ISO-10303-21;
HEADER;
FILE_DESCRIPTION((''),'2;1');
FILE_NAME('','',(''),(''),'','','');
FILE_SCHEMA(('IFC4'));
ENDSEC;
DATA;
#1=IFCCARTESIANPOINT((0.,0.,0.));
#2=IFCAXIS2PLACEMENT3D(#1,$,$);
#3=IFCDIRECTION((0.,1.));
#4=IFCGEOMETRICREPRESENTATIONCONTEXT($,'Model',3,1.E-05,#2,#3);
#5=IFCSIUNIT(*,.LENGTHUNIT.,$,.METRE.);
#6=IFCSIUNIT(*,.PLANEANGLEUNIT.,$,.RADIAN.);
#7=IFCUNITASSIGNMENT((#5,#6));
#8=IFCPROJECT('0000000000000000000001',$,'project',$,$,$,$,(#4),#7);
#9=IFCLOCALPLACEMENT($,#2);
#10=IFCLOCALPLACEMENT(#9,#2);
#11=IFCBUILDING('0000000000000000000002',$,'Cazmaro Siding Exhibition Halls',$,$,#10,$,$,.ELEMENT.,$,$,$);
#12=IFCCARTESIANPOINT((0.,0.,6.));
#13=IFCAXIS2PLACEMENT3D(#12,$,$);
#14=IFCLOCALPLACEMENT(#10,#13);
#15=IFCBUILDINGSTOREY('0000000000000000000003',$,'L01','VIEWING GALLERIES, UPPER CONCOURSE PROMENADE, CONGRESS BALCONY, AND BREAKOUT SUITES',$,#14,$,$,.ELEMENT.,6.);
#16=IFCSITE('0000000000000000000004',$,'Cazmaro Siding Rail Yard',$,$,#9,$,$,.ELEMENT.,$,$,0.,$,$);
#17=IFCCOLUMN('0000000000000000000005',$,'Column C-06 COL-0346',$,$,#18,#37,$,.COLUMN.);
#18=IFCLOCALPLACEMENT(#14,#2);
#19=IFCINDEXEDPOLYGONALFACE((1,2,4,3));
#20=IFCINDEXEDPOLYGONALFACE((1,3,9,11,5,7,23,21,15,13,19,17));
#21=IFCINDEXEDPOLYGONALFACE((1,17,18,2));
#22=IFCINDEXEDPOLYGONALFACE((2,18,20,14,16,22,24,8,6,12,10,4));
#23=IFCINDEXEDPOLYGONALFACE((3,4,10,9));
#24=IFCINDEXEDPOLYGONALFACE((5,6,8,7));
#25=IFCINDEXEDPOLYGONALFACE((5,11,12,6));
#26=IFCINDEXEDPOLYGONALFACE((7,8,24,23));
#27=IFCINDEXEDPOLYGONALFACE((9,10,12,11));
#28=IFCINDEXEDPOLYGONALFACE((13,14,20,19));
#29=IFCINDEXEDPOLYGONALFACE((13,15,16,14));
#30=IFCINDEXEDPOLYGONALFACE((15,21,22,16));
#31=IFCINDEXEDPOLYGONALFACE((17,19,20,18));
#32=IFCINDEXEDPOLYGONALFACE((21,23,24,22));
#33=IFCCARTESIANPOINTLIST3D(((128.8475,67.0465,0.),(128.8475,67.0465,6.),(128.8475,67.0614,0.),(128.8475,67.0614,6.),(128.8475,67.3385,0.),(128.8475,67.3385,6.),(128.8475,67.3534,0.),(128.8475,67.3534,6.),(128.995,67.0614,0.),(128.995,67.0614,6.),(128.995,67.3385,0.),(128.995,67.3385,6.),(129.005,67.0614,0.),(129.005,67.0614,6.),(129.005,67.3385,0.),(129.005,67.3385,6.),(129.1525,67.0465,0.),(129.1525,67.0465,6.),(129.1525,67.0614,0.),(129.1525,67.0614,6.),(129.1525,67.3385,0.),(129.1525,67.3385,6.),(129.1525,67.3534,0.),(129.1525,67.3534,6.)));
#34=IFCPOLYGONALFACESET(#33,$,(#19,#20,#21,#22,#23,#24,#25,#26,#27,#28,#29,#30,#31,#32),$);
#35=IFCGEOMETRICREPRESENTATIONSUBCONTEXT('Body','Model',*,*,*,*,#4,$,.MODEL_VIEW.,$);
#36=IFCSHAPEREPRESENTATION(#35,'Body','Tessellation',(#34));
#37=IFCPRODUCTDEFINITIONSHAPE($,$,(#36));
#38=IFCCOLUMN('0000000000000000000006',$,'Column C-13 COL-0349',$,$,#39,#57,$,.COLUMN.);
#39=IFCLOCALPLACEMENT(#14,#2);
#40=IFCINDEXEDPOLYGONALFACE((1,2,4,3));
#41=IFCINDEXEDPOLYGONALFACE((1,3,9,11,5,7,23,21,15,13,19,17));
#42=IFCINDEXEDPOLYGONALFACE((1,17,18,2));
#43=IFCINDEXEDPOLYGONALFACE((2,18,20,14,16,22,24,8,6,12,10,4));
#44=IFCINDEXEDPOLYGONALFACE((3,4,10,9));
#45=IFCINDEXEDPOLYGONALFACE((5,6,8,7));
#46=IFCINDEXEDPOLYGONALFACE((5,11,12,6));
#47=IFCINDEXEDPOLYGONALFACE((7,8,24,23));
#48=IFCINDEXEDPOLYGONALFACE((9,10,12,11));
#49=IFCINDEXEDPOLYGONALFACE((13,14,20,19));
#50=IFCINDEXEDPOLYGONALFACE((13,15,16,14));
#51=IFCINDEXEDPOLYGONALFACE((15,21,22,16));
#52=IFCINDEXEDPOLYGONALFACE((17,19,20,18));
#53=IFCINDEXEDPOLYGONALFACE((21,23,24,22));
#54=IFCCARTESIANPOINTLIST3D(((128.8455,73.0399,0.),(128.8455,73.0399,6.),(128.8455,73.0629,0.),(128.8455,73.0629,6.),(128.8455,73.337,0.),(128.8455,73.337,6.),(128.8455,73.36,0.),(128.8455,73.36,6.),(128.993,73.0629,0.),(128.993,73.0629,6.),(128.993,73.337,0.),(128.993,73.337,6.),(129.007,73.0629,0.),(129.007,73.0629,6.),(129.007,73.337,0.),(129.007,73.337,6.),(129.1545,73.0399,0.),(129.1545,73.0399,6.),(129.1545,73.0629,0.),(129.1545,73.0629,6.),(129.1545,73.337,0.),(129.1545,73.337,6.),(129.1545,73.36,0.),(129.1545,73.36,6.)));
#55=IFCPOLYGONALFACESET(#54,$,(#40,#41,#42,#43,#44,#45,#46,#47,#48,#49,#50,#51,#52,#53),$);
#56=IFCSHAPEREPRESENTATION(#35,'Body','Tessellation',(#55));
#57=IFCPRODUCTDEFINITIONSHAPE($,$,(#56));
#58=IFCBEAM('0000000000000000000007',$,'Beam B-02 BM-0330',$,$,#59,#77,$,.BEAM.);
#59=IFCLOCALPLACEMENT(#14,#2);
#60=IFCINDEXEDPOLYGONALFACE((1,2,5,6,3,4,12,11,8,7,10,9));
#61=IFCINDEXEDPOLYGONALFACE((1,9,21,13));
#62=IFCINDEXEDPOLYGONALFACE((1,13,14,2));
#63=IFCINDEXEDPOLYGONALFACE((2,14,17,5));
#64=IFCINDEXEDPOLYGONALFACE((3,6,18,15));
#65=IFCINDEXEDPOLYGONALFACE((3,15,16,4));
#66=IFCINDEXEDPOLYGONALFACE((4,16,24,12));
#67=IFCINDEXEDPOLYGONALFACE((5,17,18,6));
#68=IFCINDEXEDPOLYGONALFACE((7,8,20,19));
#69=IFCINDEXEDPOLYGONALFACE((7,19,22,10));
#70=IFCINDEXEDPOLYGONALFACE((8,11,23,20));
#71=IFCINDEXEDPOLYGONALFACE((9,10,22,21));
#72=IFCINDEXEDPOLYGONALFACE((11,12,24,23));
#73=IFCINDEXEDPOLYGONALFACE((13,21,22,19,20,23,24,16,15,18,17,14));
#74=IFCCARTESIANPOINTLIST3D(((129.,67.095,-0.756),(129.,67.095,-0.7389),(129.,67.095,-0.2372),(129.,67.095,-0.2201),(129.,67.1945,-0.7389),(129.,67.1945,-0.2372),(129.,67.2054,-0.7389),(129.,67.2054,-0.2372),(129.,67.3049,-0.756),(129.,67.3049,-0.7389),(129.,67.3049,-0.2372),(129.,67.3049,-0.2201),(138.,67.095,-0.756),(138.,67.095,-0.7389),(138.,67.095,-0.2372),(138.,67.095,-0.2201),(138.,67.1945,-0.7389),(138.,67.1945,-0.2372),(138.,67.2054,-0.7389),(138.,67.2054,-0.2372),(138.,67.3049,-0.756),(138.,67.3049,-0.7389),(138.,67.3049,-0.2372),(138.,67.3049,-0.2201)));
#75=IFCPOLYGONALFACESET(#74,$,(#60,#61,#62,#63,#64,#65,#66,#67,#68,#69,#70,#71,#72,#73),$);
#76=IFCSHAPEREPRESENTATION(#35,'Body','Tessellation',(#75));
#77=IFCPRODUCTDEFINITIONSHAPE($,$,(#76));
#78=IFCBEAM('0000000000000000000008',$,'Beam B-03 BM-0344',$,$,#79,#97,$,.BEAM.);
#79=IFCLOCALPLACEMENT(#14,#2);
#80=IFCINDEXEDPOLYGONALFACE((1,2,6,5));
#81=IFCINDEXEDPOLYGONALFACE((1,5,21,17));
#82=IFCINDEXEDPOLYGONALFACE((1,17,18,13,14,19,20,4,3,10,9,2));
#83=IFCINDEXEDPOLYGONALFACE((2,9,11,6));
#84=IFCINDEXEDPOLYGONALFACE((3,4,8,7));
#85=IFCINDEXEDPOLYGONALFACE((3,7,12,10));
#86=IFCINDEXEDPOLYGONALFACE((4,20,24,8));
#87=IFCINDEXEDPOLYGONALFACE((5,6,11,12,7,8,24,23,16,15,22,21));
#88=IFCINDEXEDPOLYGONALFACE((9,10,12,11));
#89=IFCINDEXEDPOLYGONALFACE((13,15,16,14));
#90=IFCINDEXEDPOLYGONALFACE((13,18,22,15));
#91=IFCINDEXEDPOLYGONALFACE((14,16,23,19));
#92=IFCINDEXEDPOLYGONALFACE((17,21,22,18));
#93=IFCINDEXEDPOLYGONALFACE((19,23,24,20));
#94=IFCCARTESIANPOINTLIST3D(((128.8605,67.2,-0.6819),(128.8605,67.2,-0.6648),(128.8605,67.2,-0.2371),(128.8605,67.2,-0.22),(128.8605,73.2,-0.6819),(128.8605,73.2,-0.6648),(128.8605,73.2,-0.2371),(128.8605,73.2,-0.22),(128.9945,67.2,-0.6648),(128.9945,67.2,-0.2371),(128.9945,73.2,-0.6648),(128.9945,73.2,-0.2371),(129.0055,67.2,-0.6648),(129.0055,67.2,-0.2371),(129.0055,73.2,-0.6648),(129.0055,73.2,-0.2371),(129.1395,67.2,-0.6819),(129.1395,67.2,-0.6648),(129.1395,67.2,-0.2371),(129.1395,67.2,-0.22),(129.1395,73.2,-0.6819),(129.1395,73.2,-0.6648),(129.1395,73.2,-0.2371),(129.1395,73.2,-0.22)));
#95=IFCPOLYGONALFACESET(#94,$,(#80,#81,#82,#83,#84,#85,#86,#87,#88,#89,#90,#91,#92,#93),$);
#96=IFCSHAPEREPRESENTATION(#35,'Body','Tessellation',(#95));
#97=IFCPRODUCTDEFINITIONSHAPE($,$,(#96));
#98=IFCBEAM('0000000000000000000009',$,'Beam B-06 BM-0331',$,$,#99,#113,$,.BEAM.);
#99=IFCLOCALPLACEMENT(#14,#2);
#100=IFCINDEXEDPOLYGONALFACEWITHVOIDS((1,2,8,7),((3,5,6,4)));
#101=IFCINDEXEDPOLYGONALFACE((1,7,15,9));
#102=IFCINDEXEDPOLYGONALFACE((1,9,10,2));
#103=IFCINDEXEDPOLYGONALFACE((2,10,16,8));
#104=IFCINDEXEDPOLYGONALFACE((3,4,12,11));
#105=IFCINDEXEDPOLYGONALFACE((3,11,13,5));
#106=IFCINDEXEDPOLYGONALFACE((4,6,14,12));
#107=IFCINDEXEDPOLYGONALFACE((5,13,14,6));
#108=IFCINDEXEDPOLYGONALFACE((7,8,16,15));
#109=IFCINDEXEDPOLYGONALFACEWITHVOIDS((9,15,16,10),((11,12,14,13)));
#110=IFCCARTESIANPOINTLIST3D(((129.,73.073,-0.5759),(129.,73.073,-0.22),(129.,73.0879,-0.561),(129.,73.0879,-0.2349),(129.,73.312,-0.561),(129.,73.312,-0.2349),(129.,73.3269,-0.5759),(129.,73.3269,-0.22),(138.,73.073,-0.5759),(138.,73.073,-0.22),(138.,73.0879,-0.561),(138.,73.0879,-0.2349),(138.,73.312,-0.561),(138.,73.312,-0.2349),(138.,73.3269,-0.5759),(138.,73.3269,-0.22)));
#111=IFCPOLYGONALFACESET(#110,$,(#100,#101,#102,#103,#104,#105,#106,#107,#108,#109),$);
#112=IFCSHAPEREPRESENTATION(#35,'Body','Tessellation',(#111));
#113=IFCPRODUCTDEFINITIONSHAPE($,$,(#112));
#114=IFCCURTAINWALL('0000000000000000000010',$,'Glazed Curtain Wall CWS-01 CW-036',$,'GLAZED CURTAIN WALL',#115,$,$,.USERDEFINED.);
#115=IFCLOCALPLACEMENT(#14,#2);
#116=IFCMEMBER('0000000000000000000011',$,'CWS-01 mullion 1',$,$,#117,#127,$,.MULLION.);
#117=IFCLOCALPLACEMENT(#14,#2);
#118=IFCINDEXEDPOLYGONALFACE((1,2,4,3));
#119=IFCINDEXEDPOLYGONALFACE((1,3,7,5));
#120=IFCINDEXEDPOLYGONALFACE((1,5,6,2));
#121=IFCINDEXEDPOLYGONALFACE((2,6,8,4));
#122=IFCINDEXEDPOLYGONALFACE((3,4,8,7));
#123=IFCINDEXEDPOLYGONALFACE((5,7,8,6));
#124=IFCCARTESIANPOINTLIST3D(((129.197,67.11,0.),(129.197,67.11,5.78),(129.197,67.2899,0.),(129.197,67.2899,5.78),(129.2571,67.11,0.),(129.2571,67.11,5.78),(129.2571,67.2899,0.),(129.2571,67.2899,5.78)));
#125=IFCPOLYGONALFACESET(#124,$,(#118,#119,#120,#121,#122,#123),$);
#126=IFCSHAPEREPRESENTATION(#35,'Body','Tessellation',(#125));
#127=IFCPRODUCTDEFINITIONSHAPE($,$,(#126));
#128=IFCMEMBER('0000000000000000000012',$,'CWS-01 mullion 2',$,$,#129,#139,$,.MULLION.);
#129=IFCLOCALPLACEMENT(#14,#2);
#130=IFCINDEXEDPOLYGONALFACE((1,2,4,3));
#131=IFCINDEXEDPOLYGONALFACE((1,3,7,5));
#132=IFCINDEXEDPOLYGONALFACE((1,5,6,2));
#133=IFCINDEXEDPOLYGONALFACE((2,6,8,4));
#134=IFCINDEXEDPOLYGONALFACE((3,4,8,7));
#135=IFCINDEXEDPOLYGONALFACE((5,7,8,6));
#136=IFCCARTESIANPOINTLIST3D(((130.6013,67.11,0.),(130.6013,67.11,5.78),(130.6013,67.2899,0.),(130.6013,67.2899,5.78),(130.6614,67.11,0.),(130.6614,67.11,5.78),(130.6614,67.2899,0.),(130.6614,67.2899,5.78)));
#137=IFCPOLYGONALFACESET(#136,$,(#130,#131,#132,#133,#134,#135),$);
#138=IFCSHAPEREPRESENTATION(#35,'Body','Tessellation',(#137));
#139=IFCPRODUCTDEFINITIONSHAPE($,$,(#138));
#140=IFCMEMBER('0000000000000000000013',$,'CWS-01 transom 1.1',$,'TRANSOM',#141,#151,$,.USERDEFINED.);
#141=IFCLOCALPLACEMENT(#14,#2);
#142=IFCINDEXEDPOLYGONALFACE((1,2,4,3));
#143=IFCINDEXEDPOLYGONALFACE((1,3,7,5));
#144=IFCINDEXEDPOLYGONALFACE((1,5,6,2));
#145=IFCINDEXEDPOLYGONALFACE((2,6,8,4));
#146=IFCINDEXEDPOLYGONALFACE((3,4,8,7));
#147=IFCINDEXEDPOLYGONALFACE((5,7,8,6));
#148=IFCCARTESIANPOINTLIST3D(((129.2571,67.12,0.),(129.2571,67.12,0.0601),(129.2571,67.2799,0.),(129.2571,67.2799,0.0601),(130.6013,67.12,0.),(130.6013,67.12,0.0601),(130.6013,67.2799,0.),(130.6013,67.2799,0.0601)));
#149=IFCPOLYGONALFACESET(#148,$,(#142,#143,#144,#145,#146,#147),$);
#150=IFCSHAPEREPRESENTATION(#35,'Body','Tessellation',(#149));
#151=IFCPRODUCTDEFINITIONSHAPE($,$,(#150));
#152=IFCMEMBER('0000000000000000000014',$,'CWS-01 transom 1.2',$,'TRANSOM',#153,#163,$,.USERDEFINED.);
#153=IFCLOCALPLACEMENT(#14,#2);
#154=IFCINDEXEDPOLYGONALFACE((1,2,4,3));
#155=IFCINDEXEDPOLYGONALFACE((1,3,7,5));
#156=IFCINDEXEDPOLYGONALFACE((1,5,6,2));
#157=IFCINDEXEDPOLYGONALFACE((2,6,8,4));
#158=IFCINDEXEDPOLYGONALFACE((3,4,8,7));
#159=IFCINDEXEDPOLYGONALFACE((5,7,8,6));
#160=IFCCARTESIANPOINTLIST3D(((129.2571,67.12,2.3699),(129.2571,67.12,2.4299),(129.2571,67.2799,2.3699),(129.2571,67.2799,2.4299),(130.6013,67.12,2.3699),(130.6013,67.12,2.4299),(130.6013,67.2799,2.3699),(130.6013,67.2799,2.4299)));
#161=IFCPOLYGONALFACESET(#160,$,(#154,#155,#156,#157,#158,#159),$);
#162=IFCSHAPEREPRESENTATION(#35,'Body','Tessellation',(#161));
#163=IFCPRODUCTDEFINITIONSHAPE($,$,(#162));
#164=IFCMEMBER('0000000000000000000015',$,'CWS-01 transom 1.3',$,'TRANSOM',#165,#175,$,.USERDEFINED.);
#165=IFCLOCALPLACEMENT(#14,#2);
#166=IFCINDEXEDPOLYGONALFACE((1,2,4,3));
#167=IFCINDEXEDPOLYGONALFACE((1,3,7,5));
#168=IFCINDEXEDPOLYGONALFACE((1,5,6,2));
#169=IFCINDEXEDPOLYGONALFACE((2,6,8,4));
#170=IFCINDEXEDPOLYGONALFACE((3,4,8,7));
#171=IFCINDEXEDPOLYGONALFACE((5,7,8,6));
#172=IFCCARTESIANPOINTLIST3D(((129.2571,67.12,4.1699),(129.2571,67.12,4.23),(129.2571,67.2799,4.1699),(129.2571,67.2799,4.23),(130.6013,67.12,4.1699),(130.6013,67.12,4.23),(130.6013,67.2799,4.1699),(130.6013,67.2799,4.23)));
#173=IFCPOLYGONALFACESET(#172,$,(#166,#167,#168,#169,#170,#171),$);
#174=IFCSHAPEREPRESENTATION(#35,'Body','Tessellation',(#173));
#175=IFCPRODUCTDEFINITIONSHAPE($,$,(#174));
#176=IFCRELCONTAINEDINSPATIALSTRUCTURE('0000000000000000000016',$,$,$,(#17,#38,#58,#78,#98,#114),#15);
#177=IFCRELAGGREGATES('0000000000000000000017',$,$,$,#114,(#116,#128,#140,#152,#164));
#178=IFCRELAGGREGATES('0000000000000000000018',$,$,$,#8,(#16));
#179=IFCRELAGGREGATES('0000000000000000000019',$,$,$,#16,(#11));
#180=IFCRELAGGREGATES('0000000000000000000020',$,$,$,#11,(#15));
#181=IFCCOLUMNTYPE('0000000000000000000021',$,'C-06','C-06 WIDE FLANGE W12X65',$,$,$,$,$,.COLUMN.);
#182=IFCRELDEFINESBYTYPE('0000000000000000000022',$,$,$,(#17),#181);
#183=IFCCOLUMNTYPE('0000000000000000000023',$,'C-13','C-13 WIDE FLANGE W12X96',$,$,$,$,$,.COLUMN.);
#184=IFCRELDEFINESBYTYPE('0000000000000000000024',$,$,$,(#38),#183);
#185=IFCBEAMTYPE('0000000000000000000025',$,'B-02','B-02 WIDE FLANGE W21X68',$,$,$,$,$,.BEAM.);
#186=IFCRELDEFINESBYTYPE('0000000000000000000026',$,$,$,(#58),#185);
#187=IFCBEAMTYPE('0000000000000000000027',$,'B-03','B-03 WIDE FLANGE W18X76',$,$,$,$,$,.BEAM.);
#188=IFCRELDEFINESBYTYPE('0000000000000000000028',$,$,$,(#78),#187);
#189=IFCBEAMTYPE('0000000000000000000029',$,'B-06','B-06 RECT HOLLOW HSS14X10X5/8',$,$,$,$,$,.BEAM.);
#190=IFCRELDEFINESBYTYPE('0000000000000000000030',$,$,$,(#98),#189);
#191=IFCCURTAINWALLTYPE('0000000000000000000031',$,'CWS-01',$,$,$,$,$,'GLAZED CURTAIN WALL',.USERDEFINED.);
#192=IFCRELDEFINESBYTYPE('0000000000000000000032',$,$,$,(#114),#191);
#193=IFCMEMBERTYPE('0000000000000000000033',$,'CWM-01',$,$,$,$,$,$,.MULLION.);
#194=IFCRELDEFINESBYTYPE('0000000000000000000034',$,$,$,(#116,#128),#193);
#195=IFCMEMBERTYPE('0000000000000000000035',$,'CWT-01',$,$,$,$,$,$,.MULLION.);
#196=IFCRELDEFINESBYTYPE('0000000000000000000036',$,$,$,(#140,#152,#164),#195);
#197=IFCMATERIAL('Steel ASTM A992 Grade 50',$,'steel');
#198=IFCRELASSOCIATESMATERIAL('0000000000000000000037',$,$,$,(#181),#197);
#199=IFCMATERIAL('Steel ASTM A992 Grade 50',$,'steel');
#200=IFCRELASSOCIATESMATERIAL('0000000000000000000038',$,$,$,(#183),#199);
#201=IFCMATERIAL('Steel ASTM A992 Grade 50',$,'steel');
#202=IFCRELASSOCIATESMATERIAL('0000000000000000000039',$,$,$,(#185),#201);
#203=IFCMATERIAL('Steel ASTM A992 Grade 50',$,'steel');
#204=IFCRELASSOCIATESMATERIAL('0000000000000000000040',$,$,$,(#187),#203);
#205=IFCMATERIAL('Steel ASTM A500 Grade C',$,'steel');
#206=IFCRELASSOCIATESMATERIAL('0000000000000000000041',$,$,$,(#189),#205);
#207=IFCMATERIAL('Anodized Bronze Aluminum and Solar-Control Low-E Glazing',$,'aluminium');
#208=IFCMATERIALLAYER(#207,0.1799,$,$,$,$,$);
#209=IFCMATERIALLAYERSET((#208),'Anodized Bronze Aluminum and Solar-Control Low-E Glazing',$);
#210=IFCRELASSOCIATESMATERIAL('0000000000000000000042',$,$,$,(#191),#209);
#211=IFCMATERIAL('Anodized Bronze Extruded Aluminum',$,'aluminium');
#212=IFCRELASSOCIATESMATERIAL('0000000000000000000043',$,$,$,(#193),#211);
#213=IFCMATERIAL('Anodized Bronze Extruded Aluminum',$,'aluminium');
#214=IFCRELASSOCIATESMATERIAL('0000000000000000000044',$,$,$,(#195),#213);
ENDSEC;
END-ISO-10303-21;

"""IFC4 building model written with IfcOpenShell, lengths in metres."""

from ifc_helpers import new_model, si_unit, direction, frame, origin, origin_2d, place, context, subcontext, project, spatial, rectangle, hollow_rectangle, i_section, extrude, material, layer, layer_set, material_profile, profile_set, type_object, element, aggregate, save


model = new_model("IFC4")

# Units and contexts
model_context = context("Model", 3, precision=1e-05, world=origin(), true_north=direction((0.0, 1.0)))
body_context = subcontext(model_context, "Body", "Model", "MODEL_VIEW")
ifc_project = project(units=[si_unit("LENGTHUNIT", "METRE"), si_unit("PLANEANGLEUNIT", "RADIAN")], contexts=[model_context])

# Site, building, storey
site_placement = place(None, origin())
site = spatial("IfcSite", under=ifc_project, at=site_placement, Name="Cazmaro Siding Rail Yard", CompositionType="ELEMENT", RefElevation=0.0)
building_placement = place(site_placement, origin())
building = spatial("IfcBuilding", under=site, at=building_placement, Name="Cazmaro Siding Exhibition Halls", CompositionType="ELEMENT")
storey_placement = place(building_placement, frame((0.0, 0.0, 6.0)))
storey = spatial("IfcBuildingStorey", under=building, at=storey_placement, Name="L01", Description="VIEWING GALLERIES, UPPER CONCOURSE PROMENADE, CONGRESS BALCONY, AND BREAKOUT SUITES", CompositionType="ELEMENT", Elevation=6.0)

# Columns
ifc_material_1 = material(Name="Steel ASTM A992 Grade 50", Category="steel")
ifc_material_profile_1 = material_profile(ifc_material_1, i_section(OverallWidth=0.3049, OverallDepth=0.3069, WebThickness=0.01, FlangeThickness=0.0149, at=origin_2d()), Name="W12X65")
ifc_profile_set_1 = profile_set([ifc_material_profile_1], Name="Steel ASTM A992 Grade 50")
column_type_1 = type_object("IfcColumnType", Name="C-06", Description="C-06 WIDE FLANGE W12X65", PredefinedType="COLUMN", material=ifc_profile_set_1)
column_1_placement = place(storey_placement, frame((129.0, 67.2, 0.0), z_axis=(0.0, 0.0, 1.0), x_axis=(1.0, 0.0, 0.0)))
element("IfcColumn", 1, at=column_1_placement, inside=storey, type_object=column_type_1, Name="Column C-06 COL-0346", PredefinedType="COLUMN", context=body_context, shape_type="SweptSolid", body=[
    extrude(i_section(OverallWidth=0.3049, OverallDepth=0.3069, WebThickness=0.01, FlangeThickness=0.0149, at=origin_2d()), origin(), (0.0, 0.0, 1.0), 6.0),
])
ifc_material_2 = material(Name="Steel ASTM A992 Grade 50", Category="steel")
ifc_material_profile_2 = material_profile(ifc_material_2, i_section(OverallWidth=0.3091, OverallDepth=0.3201, WebThickness=0.0139, FlangeThickness=0.0229, at=origin_2d()), Name="W12X96")
ifc_profile_set_2 = profile_set([ifc_material_profile_2], Name="Steel ASTM A992 Grade 50")
column_type_2 = type_object("IfcColumnType", Name="C-13", Description="C-13 WIDE FLANGE W12X96", PredefinedType="COLUMN", material=ifc_profile_set_2)
column_2_placement = place(storey_placement, frame((129.0, 73.2, 0.0), z_axis=(0.0, 0.0, 1.0), x_axis=(1.0, 0.0, 0.0)))
element("IfcColumn", 2, at=column_2_placement, inside=storey, type_object=column_type_2, Name="Column C-13 COL-0349", PredefinedType="COLUMN", context=body_context, shape_type="SweptSolid", body=[
    extrude(i_section(OverallWidth=0.3091, OverallDepth=0.3201, WebThickness=0.0139, FlangeThickness=0.0229, at=origin_2d()), origin(), (0.0, 0.0, 1.0), 6.0),
])

# Beams
ifc_material_3 = material(Name="Steel ASTM A992 Grade 50", Category="steel")
ifc_material_profile_3 = material_profile(ifc_material_3, i_section(OverallWidth=0.21, OverallDepth=0.5359, WebThickness=0.011, FlangeThickness=0.0171, at=origin_2d()), Name="W21X68")
ifc_profile_set_3 = profile_set([ifc_material_profile_3], Name="Steel ASTM A992 Grade 50")
beam_type_1 = type_object("IfcBeamType", Name="B-02", Description="B-02 WIDE FLANGE W21X68", PredefinedType="BEAM", material=ifc_profile_set_3)
beam_1_placement = place(storey_placement, frame((129.0, 67.2, -0.488), z_axis=(1.0, 0.0, 0.0), x_axis=(0.0, 1.0, 0.0)))
element("IfcBeam", 3, at=beam_1_placement, inside=storey, type_object=beam_type_1, Name="Beam B-02 BM-0330", PredefinedType="BEAM", context=body_context, shape_type="SweptSolid", body=[
    extrude(i_section(OverallWidth=0.21, OverallDepth=0.5359, WebThickness=0.011, FlangeThickness=0.0171, at=origin_2d()), origin(), (0.0, 0.0, 1.0), 9.0),
])
ifc_material_4 = material(Name="Steel ASTM A992 Grade 50", Category="steel")
ifc_material_profile_4 = material_profile(ifc_material_4, i_section(OverallWidth=0.2791, OverallDepth=0.4619, WebThickness=0.011, FlangeThickness=0.0171, at=origin_2d()), Name="W18X76")
ifc_profile_set_4 = profile_set([ifc_material_profile_4], Name="Steel ASTM A992 Grade 50")
beam_type_2 = type_object("IfcBeamType", Name="B-03", Description="B-03 WIDE FLANGE W18X76", PredefinedType="BEAM", material=ifc_profile_set_4)
beam_2_placement = place(storey_placement, frame((129.0, 67.2, -0.4509), z_axis=(0.0, 1.0, 0.0), x_axis=(-1.0, 0.0, 0.0)))
element("IfcBeam", 4, at=beam_2_placement, inside=storey, type_object=beam_type_2, Name="Beam B-03 BM-0344", PredefinedType="BEAM", context=body_context, shape_type="SweptSolid", body=[
    extrude(i_section(OverallWidth=0.2791, OverallDepth=0.4619, WebThickness=0.011, FlangeThickness=0.0171, at=origin_2d()), origin(), (0.0, 0.0, 1.0), 6.0),
])
ifc_material_5 = material(Name="Steel ASTM A500 Grade C", Category="steel")
ifc_material_profile_5 = material_profile(ifc_material_5, hollow_rectangle(XDim=0.2539, YDim=0.356, WallThickness=0.0149, at=origin_2d()), Name="HSS14X10X5/8")
ifc_profile_set_5 = profile_set([ifc_material_profile_5], Name="Steel ASTM A500 Grade C")
beam_type_3 = type_object("IfcBeamType", Name="B-06", Description="B-06 RECT HOLLOW HSS14X10X5/8", PredefinedType="BEAM", material=ifc_profile_set_5)
beam_3_placement = place(storey_placement, frame((129.0, 73.2, -0.3979), z_axis=(1.0, 0.0, 0.0), x_axis=(0.0, 1.0, 0.0)))
element("IfcBeam", 5, at=beam_3_placement, inside=storey, type_object=beam_type_3, Name="Beam B-06 BM-0331", PredefinedType="BEAM", context=body_context, shape_type="SweptSolid", body=[
    extrude(hollow_rectangle(XDim=0.2539, YDim=0.356, WallThickness=0.0149, at=origin_2d()), origin(), (0.0, 0.0, 1.0), 9.0),
])

# Curtain wall, members
ifc_material_6 = material(Name="Anodized Bronze Aluminum and Solar-Control Low-E Glazing", Category="aluminium")
ifc_layer_1 = layer(ifc_material_6, 0.1799)
ifc_layer_set_1 = layer_set([ifc_layer_1], Name="Anodized Bronze Aluminum and Solar-Control Low-E Glazing")
curtain_wall_type = type_object("IfcCurtainWallType", Name="CWS-01", ElementType="GLAZED CURTAIN WALL", PredefinedType="USERDEFINED", material=ifc_layer_set_1)
curtain_wall_placement = place(storey_placement, origin())
curtain_wall = element("IfcCurtainWall", 6, at=curtain_wall_placement, inside=storey, type_object=curtain_wall_type, Name="Glazed Curtain Wall CWS-01 CW-036", ObjectType="GLAZED CURTAIN WALL", PredefinedType="USERDEFINED")
ifc_material_7 = material(Name="Anodized Bronze Extruded Aluminum", Category="aluminium")
ifc_material_profile_6 = material_profile(ifc_material_7, rectangle(XDim=0.1799, YDim=0.0601, at=origin_2d()), Name="CWM-01")
ifc_profile_set_6 = profile_set([ifc_material_profile_6], Name="Anodized Bronze Extruded Aluminum")
member_type_1 = type_object("IfcMemberType", Name="CWM-01", PredefinedType="MULLION", material=ifc_profile_set_6)
member_1_placement = place(storey_placement, frame((129.2271, 67.2, 0.0), z_axis=(0.0, 0.0, 1.0), x_axis=(0.0, 1.0, 0.0)))
member_1 = element("IfcMember", 7, at=member_1_placement, type_object=member_type_1, Name="CWS-01 mullion 1", PredefinedType="MULLION", context=body_context, shape_type="SweptSolid", body=[
    extrude(rectangle(XDim=0.1799, YDim=0.0601, at=origin_2d()), origin(), (0.0, 0.0, 1.0), 5.78),
])
member_2_placement = place(storey_placement, frame((130.6313, 67.2, 0.0), z_axis=(0.0, 0.0, 1.0), x_axis=(0.0, 1.0, 0.0)))
member_2 = element("IfcMember", 8, at=member_2_placement, type_object=member_type_1, Name="CWS-01 mullion 2", PredefinedType="MULLION", context=body_context, shape_type="SweptSolid", body=[
    extrude(rectangle(XDim=0.1799, YDim=0.0601, at=origin_2d()), origin(), (0.0, 0.0, 1.0), 5.78),
])
ifc_material_8 = material(Name="Anodized Bronze Extruded Aluminum", Category="aluminium")
ifc_material_profile_7 = material_profile(ifc_material_8, rectangle(XDim=0.1599, YDim=0.0601, at=origin_2d()), Name="CWT-01")
ifc_profile_set_7 = profile_set([ifc_material_profile_7], Name="Anodized Bronze Extruded Aluminum")
member_type_2 = type_object("IfcMemberType", Name="CWT-01", PredefinedType="MULLION", material=ifc_profile_set_7)
member_3_placement = place(storey_placement, frame((129.2571, 67.2, 0.03), z_axis=(1.0, 0.0, 0.0), x_axis=(0.0, 1.0, 0.0)))
member_3 = element("IfcMember", 9, at=member_3_placement, type_object=member_type_2, Name="CWS-01 transom 1.1", ObjectType="TRANSOM", PredefinedType="USERDEFINED", context=body_context, shape_type="SweptSolid", body=[
    extrude(rectangle(XDim=0.1599, YDim=0.0601, at=origin_2d()), origin(), (0.0, 0.0, 1.0), 1.3442),
])
member_4_placement = place(storey_placement, frame((129.2571, 67.2, 2.3999), z_axis=(1.0, 0.0, 0.0), x_axis=(0.0, 1.0, 0.0)))
member_4 = element("IfcMember", 10, at=member_4_placement, type_object=member_type_2, Name="CWS-01 transom 1.2", ObjectType="TRANSOM", PredefinedType="USERDEFINED", context=body_context, shape_type="SweptSolid", body=[
    extrude(rectangle(XDim=0.1599, YDim=0.0601, at=origin_2d()), origin(), (0.0, 0.0, 1.0), 1.3442),
])
member_5_placement = place(storey_placement, frame((129.2571, 67.2, 4.2), z_axis=(1.0, 0.0, 0.0), x_axis=(0.0, 1.0, 0.0)))
member_5 = element("IfcMember", 11, at=member_5_placement, type_object=member_type_2, Name="CWS-01 transom 1.3", ObjectType="TRANSOM", PredefinedType="USERDEFINED", context=body_context, shape_type="SweptSolid", body=[
    extrude(rectangle(XDim=0.1599, YDim=0.0601, at=origin_2d()), origin(), (0.0, 0.0, 1.0), 1.3442),
])
aggregate(curtain_wall, [member_1, member_2, member_3, member_4, member_5])

save(model, "model.ifc")
